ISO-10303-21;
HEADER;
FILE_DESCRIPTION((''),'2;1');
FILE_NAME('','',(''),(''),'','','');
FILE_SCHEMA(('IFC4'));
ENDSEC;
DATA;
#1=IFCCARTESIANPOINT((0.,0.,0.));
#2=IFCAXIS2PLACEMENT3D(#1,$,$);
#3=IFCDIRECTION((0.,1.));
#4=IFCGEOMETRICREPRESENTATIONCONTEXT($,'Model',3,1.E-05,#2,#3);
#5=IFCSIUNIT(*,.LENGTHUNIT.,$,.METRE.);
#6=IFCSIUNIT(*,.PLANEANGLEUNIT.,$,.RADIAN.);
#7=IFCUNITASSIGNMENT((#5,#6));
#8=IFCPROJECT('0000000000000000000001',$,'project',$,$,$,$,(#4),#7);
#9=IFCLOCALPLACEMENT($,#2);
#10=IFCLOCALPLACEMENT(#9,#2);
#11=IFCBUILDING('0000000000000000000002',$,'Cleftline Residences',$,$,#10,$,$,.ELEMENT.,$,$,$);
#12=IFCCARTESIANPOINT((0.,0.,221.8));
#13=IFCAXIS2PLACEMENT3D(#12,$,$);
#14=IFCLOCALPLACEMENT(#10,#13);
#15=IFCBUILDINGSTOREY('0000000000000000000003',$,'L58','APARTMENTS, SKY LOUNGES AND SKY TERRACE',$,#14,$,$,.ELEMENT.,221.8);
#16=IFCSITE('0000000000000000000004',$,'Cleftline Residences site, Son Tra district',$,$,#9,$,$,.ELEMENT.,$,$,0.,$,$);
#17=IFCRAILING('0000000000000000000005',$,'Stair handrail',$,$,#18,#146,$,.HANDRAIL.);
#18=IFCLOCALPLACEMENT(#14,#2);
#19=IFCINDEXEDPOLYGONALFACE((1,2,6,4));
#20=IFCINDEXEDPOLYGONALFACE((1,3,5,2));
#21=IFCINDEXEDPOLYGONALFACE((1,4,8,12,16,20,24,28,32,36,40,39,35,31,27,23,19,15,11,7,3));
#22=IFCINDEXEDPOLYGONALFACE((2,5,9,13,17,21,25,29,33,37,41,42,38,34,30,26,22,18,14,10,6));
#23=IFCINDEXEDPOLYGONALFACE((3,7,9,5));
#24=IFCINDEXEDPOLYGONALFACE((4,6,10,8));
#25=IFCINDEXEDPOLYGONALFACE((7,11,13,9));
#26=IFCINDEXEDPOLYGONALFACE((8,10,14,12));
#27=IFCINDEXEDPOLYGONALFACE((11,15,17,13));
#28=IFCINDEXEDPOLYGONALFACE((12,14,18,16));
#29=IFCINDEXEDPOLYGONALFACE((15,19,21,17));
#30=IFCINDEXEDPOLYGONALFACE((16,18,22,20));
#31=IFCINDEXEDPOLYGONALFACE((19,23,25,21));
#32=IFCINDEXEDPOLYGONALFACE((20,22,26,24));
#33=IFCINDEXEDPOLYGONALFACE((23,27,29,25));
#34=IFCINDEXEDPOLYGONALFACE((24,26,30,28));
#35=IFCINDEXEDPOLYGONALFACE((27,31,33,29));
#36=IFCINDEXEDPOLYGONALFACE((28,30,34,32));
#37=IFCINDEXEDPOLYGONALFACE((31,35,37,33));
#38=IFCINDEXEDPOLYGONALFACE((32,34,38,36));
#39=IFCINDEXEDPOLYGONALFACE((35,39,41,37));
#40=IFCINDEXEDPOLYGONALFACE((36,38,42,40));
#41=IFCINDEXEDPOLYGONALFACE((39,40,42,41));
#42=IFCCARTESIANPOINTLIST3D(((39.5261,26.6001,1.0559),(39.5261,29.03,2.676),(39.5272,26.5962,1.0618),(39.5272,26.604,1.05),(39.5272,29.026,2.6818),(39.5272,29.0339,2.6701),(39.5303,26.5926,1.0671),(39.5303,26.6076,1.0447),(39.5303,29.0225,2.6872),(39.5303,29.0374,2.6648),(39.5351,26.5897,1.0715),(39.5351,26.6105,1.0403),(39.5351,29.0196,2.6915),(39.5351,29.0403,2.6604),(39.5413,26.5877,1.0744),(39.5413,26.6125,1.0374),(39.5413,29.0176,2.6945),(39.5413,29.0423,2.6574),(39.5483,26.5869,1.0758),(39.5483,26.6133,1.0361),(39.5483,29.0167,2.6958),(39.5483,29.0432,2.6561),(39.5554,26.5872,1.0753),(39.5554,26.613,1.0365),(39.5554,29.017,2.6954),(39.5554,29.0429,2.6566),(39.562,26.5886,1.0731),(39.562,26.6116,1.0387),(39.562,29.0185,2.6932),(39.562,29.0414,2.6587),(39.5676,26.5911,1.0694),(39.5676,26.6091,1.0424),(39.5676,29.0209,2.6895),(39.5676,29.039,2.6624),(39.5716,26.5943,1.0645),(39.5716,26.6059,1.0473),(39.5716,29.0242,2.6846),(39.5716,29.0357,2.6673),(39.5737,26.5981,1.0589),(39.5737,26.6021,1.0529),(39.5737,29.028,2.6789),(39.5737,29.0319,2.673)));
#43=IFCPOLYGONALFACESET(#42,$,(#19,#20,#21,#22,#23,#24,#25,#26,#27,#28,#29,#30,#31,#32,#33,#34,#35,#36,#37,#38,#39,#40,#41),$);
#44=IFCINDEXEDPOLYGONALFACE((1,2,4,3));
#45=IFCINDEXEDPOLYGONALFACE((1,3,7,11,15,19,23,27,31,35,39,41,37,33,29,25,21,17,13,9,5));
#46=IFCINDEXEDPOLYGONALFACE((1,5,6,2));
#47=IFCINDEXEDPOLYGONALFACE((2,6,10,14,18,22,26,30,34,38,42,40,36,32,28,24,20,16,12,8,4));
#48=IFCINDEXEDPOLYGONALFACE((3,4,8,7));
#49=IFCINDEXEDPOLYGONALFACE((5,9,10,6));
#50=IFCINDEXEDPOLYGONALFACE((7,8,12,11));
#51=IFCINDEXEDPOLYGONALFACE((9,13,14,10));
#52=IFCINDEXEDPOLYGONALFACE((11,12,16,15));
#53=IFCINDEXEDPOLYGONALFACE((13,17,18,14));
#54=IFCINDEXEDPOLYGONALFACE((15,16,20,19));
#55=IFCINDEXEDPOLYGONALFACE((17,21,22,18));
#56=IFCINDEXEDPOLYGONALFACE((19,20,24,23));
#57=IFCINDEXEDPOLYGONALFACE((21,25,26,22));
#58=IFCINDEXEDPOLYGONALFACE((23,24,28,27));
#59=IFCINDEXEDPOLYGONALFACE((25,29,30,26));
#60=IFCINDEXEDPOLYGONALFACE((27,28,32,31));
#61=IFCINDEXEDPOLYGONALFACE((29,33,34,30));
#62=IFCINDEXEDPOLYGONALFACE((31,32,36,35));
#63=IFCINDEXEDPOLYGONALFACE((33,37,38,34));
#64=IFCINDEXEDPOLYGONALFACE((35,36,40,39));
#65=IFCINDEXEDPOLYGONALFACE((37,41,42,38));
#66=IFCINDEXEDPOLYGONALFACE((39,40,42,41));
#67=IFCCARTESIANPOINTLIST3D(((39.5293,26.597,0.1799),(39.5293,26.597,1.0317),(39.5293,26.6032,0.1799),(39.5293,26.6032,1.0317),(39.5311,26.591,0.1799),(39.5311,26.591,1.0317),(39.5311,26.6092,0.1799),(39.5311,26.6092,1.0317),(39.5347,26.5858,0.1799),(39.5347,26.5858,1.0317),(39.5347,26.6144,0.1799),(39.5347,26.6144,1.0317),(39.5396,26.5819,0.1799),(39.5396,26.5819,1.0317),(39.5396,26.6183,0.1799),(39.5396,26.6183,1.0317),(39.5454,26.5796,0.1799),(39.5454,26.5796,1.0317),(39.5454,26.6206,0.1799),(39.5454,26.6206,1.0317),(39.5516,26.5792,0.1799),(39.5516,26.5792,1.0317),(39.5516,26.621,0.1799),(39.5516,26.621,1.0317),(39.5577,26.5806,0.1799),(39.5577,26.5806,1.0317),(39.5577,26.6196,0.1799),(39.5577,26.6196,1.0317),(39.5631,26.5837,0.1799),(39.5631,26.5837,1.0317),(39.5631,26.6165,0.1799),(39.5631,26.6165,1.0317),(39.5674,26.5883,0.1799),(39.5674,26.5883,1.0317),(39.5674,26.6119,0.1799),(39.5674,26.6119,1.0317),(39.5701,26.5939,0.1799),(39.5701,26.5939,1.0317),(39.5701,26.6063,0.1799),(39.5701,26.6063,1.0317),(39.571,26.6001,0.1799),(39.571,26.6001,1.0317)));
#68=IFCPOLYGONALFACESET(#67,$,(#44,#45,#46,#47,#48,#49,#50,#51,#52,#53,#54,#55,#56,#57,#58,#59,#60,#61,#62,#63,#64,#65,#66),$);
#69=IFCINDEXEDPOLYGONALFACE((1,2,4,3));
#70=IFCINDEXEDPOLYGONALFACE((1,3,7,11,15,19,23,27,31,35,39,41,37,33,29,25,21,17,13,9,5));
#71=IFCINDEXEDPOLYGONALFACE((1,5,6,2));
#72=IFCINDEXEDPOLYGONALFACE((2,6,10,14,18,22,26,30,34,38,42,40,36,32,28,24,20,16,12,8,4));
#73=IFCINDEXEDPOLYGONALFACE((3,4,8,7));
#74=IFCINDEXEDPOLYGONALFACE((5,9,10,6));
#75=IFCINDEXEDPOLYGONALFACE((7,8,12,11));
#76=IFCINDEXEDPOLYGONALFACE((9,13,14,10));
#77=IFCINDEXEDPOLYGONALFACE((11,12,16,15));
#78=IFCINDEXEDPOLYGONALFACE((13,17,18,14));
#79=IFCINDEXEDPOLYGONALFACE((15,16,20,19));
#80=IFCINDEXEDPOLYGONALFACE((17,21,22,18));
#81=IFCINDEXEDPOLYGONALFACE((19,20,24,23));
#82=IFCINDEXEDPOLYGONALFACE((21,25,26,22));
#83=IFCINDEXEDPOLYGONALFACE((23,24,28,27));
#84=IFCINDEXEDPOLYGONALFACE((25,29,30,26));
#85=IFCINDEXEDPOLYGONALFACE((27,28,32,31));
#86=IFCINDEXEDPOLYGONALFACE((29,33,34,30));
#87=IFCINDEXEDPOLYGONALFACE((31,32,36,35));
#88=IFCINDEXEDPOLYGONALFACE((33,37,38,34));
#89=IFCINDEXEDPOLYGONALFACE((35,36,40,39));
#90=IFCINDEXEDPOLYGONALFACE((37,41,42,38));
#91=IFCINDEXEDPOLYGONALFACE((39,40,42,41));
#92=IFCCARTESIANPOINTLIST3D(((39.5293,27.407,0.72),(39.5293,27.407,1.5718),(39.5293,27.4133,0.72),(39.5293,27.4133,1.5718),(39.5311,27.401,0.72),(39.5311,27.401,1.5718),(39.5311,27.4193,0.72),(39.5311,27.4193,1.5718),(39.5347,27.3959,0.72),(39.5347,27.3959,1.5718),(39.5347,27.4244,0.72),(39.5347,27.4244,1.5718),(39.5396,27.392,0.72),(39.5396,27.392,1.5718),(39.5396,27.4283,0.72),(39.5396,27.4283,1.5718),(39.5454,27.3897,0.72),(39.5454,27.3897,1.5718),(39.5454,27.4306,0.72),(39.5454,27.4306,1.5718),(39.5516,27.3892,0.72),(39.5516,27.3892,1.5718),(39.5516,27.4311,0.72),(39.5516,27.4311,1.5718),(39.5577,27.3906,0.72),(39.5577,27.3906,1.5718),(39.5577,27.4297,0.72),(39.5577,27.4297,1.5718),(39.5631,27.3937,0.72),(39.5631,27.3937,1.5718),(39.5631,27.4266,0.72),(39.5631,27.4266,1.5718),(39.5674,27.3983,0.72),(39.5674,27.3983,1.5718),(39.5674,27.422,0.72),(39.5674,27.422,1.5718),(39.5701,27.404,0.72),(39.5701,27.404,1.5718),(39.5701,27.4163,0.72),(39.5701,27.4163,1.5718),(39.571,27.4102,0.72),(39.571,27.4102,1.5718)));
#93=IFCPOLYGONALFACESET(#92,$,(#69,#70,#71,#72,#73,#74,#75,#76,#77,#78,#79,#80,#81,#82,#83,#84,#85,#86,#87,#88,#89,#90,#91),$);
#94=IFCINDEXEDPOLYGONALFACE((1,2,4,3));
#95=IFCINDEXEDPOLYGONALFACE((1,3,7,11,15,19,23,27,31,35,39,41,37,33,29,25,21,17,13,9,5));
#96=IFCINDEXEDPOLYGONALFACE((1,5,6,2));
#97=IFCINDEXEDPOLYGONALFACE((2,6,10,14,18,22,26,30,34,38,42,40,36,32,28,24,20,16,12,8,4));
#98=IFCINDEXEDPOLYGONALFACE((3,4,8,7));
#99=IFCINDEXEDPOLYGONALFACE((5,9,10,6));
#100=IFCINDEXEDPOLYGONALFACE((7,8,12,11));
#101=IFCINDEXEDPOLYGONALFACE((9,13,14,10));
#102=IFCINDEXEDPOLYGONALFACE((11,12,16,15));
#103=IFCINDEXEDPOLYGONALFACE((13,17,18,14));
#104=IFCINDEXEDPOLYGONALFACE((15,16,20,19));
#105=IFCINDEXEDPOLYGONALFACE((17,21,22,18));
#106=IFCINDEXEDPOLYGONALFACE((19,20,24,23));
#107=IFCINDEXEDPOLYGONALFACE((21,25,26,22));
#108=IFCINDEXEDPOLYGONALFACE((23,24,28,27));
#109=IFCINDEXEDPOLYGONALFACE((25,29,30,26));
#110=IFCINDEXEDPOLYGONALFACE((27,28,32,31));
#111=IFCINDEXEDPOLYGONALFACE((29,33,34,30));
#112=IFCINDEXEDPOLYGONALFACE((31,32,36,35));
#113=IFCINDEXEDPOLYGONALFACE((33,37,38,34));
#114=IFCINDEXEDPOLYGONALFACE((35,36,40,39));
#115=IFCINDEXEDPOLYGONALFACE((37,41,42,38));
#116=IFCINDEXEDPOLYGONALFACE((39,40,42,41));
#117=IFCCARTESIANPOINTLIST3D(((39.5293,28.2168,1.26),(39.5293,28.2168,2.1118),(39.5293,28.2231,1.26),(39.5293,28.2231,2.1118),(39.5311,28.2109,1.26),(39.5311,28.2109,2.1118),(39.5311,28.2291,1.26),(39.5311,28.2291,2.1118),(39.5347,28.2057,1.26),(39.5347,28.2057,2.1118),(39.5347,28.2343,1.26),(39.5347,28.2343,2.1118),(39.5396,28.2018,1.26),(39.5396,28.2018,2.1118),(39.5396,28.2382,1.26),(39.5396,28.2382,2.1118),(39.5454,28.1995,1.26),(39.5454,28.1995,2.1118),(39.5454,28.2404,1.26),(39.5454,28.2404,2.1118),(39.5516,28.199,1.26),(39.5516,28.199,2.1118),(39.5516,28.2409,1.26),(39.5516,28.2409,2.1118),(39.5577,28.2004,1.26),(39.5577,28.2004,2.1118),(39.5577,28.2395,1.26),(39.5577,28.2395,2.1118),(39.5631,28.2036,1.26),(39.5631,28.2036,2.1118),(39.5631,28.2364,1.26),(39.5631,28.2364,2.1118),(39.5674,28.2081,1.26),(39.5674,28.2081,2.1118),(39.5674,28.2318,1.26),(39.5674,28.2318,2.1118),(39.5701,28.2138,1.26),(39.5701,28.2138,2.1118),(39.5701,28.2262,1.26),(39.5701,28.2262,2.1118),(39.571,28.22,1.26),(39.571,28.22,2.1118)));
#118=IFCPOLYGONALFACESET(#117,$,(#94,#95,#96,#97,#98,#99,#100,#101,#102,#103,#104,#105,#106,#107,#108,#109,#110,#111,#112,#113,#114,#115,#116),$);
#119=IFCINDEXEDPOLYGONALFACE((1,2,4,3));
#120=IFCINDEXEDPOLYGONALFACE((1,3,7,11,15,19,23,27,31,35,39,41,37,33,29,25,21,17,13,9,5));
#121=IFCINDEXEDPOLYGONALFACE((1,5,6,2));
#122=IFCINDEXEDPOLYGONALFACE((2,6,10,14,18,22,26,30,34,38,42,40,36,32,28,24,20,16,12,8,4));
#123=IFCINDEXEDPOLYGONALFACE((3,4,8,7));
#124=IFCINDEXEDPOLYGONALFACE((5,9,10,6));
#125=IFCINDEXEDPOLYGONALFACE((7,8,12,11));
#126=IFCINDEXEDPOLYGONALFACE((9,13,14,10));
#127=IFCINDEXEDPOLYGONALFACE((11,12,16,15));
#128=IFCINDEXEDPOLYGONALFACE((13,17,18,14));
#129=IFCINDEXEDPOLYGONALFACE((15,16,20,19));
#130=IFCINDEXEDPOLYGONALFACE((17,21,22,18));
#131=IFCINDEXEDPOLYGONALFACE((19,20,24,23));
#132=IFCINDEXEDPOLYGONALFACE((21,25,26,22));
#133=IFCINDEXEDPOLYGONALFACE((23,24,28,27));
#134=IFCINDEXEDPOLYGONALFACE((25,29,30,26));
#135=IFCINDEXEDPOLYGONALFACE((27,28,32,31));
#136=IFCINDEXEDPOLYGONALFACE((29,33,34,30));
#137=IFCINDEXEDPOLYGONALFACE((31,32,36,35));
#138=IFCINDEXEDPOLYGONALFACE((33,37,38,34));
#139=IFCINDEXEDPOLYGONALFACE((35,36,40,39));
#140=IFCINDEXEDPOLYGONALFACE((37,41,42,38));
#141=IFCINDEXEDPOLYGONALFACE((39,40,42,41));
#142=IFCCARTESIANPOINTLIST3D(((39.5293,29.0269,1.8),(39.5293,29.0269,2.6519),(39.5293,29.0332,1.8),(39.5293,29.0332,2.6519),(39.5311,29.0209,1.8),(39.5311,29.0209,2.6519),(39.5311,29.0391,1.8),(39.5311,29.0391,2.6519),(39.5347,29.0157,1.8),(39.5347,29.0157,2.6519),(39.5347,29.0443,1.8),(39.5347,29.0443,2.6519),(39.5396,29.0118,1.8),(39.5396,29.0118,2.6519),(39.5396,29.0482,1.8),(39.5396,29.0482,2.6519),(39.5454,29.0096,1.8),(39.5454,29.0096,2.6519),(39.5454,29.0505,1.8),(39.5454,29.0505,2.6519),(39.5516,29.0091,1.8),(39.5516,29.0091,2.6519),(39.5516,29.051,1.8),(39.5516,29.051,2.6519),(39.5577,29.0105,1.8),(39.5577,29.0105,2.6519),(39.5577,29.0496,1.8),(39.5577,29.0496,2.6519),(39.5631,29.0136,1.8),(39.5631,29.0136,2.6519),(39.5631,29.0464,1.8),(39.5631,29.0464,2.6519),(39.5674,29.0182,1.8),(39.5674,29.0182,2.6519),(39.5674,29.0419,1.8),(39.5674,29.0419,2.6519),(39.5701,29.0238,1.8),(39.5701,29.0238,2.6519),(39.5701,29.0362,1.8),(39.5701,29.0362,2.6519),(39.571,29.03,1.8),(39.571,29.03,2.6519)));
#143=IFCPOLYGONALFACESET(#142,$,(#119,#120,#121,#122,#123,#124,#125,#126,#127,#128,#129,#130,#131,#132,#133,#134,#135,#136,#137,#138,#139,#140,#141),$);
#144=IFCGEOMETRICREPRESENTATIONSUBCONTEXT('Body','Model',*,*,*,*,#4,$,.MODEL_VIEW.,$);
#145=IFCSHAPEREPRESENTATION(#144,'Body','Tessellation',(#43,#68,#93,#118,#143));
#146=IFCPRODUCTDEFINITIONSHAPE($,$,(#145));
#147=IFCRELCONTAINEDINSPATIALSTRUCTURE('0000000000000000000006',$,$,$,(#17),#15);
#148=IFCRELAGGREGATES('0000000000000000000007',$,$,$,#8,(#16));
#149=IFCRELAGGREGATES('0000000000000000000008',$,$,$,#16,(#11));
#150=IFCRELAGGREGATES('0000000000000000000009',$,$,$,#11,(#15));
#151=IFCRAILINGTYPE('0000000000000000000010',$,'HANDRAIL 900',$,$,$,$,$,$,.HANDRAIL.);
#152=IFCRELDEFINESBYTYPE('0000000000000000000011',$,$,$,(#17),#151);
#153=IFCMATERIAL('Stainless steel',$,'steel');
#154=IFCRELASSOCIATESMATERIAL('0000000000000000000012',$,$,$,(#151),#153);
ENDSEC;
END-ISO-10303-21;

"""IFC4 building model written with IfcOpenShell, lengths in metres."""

from ifc_helpers import new_model, si_unit, direction, frame, origin, origin_2d, place, context, subcontext, project, spatial, circle, extrude, material, type_object, element, save


model = new_model("IFC4")

# Units and contexts
model_context = context("Model", 3, precision=1e-05, world=origin(), true_north=direction((0.0, 1.0)))
body_context = subcontext(model_context, "Body", "Model", "MODEL_VIEW")
ifc_project = project(units=[si_unit("LENGTHUNIT", "METRE"), si_unit("PLANEANGLEUNIT", "RADIAN")], contexts=[model_context])

# Site, building, storey
site_placement = place(None, origin())
site = spatial("IfcSite", under=ifc_project, at=site_placement, Name="Cleftline Residences site, Son Tra district", CompositionType="ELEMENT", RefElevation=0.0)
building_placement = place(site_placement, origin())
building = spatial("IfcBuilding", under=site, at=building_placement, Name="Cleftline Residences", CompositionType="ELEMENT")
storey_placement = place(building_placement, frame((0.0, 0.0, 221.8)))
storey = spatial("IfcBuildingStorey", under=building, at=storey_placement, Name="L58", Description="APARTMENTS, SKY LOUNGES AND SKY TERRACE", CompositionType="ELEMENT", Elevation=221.8)

# Railing
ifc_material_1 = material(Name="Stainless steel", Category="steel")
railing_type = type_object("IfcRailingType", Name="HANDRAIL 900", PredefinedType="HANDRAIL", material=ifc_material_1)
railing_1_placement = place(storey_placement, frame((39.55, 26.6001, 0.1799)))
element("IfcRailing", 1, at=railing_1_placement, inside=storey, type_object=railing_type, Name="Stair handrail", PredefinedType="HANDRAIL", context=body_context, shape_type="SweptSolid", body=[
    extrude(circle(Radius=0.0239, at=origin_2d()), frame((0.0, 0.0, 0.876), z_axis=(0.0, 0.832025, 0.554739), x_axis=(-1.0, 0.0, 0.0)), (0.0, 0.0, 1.0), 2.9204),
    extrude(circle(Radius=0.021, at=origin_2d()), origin(), (0.0, 0.0, 1.0), 0.8518),
    extrude(circle(Radius=0.021, at=origin_2d()), frame((0.0, 0.8101, 0.54)), (0.0, 0.0, 1.0), 0.8518),
    extrude(circle(Radius=0.021, at=origin_2d()), frame((0.0, 1.6199, 1.0801)), (0.0, 0.0, 1.0), 0.8518),
    extrude(circle(Radius=0.021, at=origin_2d()), frame((0.0, 2.4299, 1.6201)), (0.0, 0.0, 1.0), 0.8518),
])

save(model, "model.ifc")
